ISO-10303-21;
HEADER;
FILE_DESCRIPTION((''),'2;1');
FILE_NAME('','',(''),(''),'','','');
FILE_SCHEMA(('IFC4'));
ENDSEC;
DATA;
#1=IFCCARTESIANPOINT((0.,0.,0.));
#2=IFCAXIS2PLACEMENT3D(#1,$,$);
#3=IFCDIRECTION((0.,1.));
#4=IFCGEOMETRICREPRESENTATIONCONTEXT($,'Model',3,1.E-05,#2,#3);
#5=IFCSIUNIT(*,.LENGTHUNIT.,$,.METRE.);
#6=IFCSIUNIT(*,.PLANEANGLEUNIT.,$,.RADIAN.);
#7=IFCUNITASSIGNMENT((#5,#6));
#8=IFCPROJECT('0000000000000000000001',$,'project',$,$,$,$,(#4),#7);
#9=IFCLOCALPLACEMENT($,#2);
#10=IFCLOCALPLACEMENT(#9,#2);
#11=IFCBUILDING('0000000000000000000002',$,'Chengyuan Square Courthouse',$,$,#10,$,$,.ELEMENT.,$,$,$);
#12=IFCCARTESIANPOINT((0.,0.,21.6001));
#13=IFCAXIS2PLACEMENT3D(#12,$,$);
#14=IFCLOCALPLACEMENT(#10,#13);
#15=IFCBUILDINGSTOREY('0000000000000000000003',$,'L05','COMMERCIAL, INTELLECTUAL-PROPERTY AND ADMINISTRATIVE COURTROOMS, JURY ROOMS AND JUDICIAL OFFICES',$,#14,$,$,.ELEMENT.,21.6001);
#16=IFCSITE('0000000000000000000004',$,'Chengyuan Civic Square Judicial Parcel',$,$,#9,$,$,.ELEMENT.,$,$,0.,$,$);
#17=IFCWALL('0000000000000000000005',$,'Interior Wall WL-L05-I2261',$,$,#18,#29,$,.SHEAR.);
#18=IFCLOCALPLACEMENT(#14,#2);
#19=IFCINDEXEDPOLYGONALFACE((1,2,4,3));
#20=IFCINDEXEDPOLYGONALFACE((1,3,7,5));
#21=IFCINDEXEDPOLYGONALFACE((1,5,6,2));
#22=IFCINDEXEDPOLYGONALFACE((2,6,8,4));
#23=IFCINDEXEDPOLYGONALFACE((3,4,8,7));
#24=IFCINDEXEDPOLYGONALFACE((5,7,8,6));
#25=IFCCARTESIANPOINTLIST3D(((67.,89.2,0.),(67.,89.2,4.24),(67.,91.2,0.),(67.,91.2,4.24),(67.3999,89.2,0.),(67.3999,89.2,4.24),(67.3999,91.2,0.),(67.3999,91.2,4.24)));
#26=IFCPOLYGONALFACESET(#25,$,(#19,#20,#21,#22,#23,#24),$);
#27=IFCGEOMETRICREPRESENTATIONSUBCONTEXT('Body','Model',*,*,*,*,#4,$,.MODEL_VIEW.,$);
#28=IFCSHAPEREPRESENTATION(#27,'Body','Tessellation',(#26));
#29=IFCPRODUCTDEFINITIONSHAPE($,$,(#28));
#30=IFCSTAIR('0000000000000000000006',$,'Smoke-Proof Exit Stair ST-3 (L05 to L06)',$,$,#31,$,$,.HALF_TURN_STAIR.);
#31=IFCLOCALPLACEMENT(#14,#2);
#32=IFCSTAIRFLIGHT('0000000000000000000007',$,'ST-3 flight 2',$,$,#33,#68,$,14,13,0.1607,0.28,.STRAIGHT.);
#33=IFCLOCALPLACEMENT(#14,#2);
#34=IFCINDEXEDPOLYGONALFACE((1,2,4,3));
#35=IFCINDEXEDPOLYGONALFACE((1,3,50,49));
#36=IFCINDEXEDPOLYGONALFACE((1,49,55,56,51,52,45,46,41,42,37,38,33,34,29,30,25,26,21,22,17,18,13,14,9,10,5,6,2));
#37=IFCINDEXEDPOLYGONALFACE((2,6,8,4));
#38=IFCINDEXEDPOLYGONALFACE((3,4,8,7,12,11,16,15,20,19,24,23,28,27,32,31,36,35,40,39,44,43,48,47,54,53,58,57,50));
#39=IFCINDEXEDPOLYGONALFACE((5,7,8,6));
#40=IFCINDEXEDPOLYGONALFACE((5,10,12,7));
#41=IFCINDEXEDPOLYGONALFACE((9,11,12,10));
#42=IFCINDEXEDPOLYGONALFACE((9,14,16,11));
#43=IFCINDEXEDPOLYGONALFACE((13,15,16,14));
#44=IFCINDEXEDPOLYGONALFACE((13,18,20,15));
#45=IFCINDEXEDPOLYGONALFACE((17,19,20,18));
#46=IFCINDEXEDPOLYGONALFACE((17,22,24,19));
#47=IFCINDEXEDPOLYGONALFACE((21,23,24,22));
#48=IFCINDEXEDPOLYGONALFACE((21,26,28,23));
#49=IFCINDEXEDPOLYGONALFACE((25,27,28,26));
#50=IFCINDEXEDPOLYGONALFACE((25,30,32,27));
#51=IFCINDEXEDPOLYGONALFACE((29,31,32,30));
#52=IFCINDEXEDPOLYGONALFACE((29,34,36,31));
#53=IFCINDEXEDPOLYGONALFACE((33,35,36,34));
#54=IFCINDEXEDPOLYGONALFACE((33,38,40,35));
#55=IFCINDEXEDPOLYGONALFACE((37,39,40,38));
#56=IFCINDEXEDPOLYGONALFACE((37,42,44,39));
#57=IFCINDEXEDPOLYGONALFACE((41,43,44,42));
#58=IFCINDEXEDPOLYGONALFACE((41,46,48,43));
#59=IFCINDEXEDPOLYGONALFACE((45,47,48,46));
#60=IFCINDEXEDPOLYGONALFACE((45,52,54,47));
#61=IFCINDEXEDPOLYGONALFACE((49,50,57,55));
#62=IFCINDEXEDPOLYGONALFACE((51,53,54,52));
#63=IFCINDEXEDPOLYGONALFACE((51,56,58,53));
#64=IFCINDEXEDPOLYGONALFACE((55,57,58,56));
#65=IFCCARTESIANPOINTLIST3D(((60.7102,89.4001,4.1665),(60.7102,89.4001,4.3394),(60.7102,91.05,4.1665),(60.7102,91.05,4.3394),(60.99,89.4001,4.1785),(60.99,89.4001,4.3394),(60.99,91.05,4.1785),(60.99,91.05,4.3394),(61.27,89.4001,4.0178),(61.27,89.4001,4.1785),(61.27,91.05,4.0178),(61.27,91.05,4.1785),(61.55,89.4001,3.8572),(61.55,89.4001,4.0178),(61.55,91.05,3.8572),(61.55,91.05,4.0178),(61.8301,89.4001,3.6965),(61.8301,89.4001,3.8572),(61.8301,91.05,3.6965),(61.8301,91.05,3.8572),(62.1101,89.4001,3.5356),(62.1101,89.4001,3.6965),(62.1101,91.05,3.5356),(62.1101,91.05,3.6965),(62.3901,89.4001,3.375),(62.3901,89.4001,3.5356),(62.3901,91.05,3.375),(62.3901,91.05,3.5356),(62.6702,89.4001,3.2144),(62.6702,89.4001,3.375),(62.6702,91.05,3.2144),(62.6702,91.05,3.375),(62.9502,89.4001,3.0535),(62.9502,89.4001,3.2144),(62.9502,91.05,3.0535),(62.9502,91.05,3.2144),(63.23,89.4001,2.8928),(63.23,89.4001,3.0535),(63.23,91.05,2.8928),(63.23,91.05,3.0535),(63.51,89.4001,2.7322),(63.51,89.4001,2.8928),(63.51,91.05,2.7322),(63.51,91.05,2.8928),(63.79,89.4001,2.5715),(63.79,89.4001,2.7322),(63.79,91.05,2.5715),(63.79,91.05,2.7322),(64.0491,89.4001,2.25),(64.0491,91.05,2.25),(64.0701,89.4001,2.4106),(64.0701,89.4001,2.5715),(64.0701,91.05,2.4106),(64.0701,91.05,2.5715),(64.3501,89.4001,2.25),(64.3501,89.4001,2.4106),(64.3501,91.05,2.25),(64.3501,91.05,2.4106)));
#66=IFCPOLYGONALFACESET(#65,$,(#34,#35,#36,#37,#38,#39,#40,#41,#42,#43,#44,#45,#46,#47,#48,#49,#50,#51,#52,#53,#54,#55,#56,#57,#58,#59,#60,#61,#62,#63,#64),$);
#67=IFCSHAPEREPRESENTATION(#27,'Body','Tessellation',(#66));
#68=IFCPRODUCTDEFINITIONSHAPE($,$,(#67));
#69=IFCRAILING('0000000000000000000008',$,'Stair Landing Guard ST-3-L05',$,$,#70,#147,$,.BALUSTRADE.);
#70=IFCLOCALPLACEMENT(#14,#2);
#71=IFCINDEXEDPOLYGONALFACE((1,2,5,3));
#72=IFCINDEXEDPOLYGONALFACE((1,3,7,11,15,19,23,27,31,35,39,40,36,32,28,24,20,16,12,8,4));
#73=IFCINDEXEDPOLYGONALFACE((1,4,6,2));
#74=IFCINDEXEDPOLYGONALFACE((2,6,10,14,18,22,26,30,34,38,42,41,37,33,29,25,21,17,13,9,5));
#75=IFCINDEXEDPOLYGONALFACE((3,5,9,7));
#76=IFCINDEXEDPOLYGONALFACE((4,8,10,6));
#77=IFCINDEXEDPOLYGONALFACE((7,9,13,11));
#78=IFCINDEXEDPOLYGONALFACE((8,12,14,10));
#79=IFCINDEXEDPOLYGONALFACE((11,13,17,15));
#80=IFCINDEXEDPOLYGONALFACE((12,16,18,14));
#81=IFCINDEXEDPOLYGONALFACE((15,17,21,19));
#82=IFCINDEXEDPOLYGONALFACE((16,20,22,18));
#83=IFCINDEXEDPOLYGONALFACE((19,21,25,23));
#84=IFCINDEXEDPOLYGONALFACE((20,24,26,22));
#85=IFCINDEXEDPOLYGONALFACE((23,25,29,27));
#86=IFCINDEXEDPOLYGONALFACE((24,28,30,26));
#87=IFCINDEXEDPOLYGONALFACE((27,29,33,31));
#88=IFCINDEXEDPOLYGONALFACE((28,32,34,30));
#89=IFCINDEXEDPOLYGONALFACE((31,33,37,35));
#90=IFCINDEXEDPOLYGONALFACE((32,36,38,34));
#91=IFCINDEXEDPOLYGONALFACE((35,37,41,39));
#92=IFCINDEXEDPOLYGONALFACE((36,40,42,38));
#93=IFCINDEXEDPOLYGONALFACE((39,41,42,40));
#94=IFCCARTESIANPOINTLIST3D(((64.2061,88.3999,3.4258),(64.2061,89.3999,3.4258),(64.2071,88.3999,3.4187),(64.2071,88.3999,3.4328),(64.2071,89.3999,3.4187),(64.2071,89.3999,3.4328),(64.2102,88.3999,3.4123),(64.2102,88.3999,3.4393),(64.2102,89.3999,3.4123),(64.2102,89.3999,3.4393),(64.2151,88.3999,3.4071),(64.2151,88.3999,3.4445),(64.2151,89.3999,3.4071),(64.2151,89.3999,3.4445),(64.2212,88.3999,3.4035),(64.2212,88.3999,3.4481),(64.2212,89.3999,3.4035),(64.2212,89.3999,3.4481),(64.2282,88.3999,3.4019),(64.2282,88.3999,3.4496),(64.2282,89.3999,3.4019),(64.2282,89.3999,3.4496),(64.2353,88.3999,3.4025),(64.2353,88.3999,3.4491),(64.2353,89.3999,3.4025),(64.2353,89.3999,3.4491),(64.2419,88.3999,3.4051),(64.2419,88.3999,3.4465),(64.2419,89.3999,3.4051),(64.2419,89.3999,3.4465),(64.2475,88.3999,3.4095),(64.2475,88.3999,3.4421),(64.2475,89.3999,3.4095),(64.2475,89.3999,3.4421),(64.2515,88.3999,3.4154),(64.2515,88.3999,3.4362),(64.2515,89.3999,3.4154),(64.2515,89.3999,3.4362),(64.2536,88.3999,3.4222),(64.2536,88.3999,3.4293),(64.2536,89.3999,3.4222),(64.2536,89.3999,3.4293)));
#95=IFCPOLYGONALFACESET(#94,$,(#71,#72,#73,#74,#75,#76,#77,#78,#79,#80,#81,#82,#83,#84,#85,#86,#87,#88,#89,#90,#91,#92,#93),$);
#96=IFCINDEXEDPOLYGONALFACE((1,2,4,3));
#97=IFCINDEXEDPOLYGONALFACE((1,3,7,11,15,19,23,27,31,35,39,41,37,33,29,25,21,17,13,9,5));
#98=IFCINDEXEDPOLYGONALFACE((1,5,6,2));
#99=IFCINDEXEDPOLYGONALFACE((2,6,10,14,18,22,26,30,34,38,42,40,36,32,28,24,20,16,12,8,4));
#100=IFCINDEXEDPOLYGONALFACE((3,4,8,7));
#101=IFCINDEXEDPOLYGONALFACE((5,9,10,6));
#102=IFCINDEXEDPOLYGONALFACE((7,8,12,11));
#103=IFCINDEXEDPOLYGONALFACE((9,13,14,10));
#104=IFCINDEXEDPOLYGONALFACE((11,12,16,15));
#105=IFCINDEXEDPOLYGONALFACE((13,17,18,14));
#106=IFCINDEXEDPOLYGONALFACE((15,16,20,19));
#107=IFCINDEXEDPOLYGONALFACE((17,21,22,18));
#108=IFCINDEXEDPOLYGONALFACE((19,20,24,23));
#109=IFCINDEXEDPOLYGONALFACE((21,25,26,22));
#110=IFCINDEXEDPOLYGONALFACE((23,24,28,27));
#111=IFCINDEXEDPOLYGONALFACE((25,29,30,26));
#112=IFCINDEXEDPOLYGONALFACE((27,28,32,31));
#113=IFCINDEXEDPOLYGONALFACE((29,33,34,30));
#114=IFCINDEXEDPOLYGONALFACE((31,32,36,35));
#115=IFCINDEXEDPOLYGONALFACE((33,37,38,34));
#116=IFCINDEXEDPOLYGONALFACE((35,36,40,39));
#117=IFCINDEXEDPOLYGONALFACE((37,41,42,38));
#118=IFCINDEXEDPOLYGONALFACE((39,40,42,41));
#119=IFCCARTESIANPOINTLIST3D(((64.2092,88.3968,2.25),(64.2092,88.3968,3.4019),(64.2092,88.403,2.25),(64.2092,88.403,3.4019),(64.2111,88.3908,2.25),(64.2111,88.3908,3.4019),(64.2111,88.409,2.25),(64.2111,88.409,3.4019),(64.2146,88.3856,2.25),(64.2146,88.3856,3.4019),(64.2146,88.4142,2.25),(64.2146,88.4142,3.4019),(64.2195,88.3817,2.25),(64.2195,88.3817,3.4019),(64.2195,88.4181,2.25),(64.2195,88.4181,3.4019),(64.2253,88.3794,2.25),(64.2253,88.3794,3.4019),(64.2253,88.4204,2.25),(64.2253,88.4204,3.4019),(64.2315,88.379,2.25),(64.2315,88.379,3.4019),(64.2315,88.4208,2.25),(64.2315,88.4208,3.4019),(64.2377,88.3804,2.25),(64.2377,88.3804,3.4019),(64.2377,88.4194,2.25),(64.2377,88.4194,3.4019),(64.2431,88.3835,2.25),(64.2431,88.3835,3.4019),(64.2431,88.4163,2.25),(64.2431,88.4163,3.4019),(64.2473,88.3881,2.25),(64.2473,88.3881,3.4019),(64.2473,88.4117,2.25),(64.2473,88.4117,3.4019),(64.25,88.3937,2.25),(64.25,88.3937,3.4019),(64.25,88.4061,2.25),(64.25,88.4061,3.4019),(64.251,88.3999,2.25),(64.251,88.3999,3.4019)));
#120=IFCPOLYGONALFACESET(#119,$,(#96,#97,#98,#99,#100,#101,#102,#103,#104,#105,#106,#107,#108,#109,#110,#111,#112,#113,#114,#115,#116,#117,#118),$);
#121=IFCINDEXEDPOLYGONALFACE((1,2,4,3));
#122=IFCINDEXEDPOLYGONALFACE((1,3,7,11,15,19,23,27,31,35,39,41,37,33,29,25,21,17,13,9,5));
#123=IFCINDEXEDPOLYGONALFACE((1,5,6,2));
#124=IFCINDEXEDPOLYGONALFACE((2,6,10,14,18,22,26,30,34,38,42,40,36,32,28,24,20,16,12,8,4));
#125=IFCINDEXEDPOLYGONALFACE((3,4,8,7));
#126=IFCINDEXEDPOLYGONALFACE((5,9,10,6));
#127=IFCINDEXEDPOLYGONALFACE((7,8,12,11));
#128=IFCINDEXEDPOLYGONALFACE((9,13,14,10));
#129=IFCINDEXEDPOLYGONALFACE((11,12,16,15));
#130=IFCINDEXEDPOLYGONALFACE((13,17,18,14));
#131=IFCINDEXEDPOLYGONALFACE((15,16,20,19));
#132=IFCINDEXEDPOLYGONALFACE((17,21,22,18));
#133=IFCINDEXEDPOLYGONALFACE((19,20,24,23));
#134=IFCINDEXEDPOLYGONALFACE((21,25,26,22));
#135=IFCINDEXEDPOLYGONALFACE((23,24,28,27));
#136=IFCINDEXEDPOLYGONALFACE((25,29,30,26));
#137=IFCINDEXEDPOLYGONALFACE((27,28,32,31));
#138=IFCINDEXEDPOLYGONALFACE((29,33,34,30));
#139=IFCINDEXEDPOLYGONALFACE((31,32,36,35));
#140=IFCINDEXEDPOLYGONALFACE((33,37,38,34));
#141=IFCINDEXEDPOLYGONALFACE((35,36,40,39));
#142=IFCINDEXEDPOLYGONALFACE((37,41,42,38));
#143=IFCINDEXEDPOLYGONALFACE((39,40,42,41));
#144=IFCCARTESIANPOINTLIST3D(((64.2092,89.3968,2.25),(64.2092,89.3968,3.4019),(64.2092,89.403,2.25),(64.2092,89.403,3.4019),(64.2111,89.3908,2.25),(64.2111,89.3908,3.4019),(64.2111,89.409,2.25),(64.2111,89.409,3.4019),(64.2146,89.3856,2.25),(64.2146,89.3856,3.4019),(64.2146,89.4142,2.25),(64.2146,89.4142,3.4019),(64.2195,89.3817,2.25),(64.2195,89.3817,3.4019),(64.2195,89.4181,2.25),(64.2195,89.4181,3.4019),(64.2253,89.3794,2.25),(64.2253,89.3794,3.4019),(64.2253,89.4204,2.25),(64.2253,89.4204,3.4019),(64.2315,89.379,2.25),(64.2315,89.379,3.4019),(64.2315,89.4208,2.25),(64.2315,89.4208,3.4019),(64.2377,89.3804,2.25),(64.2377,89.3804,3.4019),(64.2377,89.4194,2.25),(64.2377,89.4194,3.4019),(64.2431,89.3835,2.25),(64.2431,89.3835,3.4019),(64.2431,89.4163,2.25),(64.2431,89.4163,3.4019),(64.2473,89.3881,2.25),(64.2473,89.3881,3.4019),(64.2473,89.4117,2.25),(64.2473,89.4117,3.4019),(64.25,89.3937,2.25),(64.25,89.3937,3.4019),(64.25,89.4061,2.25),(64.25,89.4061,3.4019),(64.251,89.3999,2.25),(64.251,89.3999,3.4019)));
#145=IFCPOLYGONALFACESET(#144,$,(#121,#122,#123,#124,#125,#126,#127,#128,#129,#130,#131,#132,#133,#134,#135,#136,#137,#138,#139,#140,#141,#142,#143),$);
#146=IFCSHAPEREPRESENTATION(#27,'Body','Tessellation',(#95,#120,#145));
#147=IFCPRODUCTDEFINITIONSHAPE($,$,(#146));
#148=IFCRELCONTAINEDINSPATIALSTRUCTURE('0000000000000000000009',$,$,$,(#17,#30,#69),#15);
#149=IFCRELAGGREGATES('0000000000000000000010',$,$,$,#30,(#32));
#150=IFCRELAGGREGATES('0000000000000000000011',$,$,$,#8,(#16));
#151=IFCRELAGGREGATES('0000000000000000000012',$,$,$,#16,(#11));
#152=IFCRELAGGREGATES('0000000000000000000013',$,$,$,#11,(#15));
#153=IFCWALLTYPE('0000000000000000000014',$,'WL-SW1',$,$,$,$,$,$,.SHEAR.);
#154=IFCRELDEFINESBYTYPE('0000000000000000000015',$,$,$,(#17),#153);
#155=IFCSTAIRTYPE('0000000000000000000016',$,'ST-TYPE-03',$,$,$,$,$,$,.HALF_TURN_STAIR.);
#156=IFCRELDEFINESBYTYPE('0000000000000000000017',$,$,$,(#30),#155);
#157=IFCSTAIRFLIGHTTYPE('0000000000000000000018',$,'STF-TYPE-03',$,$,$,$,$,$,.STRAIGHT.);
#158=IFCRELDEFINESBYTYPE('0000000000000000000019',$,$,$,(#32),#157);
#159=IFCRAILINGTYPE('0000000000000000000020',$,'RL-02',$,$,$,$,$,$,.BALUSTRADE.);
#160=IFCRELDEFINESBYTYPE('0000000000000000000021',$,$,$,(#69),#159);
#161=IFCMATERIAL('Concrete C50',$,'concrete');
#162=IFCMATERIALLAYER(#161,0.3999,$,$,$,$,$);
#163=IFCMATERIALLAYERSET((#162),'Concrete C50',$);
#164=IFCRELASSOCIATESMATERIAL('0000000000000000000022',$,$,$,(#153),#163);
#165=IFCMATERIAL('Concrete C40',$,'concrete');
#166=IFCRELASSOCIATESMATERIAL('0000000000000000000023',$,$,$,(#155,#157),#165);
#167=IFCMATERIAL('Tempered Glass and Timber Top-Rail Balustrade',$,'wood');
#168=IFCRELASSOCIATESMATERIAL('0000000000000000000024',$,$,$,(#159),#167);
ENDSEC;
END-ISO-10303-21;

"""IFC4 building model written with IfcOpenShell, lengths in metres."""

from ifc_helpers import new_model, si_unit, direction, frame, frame_2d, origin, origin_2d, place, context, subcontext, project, spatial, polyline, rectangle, circle, outline, extrude, material, layer, layer_set, type_object, element, aggregate, save


model = new_model("IFC4")

# Units and contexts
model_context = context("Model", 3, precision=1e-05, world=origin(), true_north=direction((0.0, 1.0)))
body_context = subcontext(model_context, "Body", "Model", "MODEL_VIEW")
ifc_project = project(units=[si_unit("LENGTHUNIT", "METRE"), si_unit("PLANEANGLEUNIT", "RADIAN")], contexts=[model_context])

# Site, building, storey
site_placement = place(None, origin())
site = spatial("IfcSite", under=ifc_project, at=site_placement, Name="Chengyuan Civic Square Judicial Parcel", CompositionType="ELEMENT", RefElevation=0.0)
building_placement = place(site_placement, origin())
building = spatial("IfcBuilding", under=site, at=building_placement, Name="Chengyuan Square Courthouse", CompositionType="ELEMENT")
storey_placement = place(building_placement, frame((0.0, 0.0, 21.6001)))
storey = spatial("IfcBuildingStorey", under=building, at=storey_placement, Name="L05", Description="COMMERCIAL, INTELLECTUAL-PROPERTY AND ADMINISTRATIVE COURTROOMS, JURY ROOMS AND JUDICIAL OFFICES", CompositionType="ELEMENT", Elevation=21.6001)

# Shared definitions
ifc_material_1 = material(Name="Concrete C50", Category="concrete")

# Shared definitions
ifc_material_2 = material(Name="Concrete C40", Category="concrete")

# Shared definitions
ifc_layer_1 = layer(ifc_material_1, 0.3999)
ifc_layer_set_1 = layer_set([ifc_layer_1], Name="Concrete C50")
wall_type_1 = type_object("IfcWallType", Name="WL-SW1", PredefinedType="SHEAR", material=ifc_layer_set_1)

# Wall
wall_1_placement = place(storey_placement, frame((67.2, 89.2, 0.0), z_axis=(0.0, 0.0, 1.0), x_axis=(0.0, 1.0, 0.0)))
element("IfcWall", 1, at=wall_1_placement, inside=storey, type_object=wall_type_1, Name="Interior Wall WL-L05-I2261", PredefinedType="SHEAR", context=body_context, shape_type="SweptSolid", body=[
    extrude(rectangle(XDim=2.0, YDim=0.3999, at=frame_2d((1.0, 0.0))), origin(), (0.0, 0.0, 1.0), 4.24),
])

# Stair, stair flight
stair_type = type_object("IfcStairType", Name="ST-TYPE-03", PredefinedType="HALF_TURN_STAIR", material=ifc_material_2)
stair_placement = place(storey_placement, origin())
stair = element("IfcStair", 2, at=stair_placement, inside=storey, type_object=stair_type, Name="Smoke-Proof Exit Stair ST-3 (L05 to L06)", PredefinedType="HALF_TURN_STAIR")
stair_flight_type = type_object("IfcStairFlightType", Name="STF-TYPE-03", PredefinedType="STRAIGHT", material=ifc_material_2)
stair_flight_placement = place(storey_placement, frame((64.3501, 90.2251, 2.25), z_axis=(0.0, 0.0, 1.0), x_axis=(-1.0, 0.0, 0.0)))
stair_flight = element("IfcStairFlight", 3, at=stair_flight_placement, type_object=stair_flight_type, Name="ST-3 flight 2", NumberOfRisers=14, NumberOfTreads=13, PredefinedType="STRAIGHT", RiserHeight=0.1607, TreadLength=0.28, context=body_context, shape_type="SweptSolid", body=[
    extrude(outline(polyline([(0.0, 0.0), (0.0, 0.1606), (0.28, 0.1606), (0.28, 0.3215), (0.5601, 0.3215), (0.5601, 0.4822), (0.8401, 0.4822), (0.8401, 0.6428), (1.1201, 0.6428), (1.1201, 0.8035), (1.3999, 0.8035), (1.3999, 0.9644), (1.6799, 0.9644), (1.6799, 1.125), (1.96, 1.125), (1.96, 1.2856), (2.24, 1.2856), (2.24, 1.4465), (2.52, 1.4465), (2.52, 1.6072), (2.8, 1.6072), (2.8, 1.7678), (3.0801, 1.7678), (3.0801, 1.9285), (3.3601, 1.9285), (3.3601, 2.0894), (3.6399, 2.0894), (3.6399, 2.25), (3.6399, 1.9165), (0.301, 0.0), (0.0, 0.0)])), frame((0.0, 0.825, 0.0), z_axis=(0.0, -1.0, 0.0), x_axis=(1.0, 0.0, 0.0)), (0.0, 0.0, 1.0), 1.6499),
])
aggregate(stair, [stair_flight])

# Railing
ifc_material_3 = material(Name="Tempered Glass and Timber Top-Rail Balustrade", Category="wood")
railing_type_1 = type_object("IfcRailingType", Name="RL-02", PredefinedType="BALUSTRADE", material=ifc_material_3)
railing_1_placement = place(storey_placement, frame((64.23, 88.3999, 2.25)))
element("IfcRailing", 4, at=railing_1_placement, inside=storey, type_object=railing_type_1, Name="Stair Landing Guard ST-3-L05", PredefinedType="BALUSTRADE", context=body_context, shape_type="SweptSolid", body=[
    extrude(circle(Radius=0.0239, at=origin_2d()), frame((0.0, 0.0, 1.1758), z_axis=(0.0, 1.0, 0.0), x_axis=(-1.0, 0.0, 0.0)), (0.0, 0.0, 1.0), 1.0),
    extrude(circle(Radius=0.021, at=origin_2d()), origin(), (0.0, 0.0, 1.0), 1.1519),
    extrude(circle(Radius=0.021, at=origin_2d()), frame((0.0, 1.0, 0.0)), (0.0, 0.0, 1.0), 1.1519),
])

save(model, "model.ifc")
